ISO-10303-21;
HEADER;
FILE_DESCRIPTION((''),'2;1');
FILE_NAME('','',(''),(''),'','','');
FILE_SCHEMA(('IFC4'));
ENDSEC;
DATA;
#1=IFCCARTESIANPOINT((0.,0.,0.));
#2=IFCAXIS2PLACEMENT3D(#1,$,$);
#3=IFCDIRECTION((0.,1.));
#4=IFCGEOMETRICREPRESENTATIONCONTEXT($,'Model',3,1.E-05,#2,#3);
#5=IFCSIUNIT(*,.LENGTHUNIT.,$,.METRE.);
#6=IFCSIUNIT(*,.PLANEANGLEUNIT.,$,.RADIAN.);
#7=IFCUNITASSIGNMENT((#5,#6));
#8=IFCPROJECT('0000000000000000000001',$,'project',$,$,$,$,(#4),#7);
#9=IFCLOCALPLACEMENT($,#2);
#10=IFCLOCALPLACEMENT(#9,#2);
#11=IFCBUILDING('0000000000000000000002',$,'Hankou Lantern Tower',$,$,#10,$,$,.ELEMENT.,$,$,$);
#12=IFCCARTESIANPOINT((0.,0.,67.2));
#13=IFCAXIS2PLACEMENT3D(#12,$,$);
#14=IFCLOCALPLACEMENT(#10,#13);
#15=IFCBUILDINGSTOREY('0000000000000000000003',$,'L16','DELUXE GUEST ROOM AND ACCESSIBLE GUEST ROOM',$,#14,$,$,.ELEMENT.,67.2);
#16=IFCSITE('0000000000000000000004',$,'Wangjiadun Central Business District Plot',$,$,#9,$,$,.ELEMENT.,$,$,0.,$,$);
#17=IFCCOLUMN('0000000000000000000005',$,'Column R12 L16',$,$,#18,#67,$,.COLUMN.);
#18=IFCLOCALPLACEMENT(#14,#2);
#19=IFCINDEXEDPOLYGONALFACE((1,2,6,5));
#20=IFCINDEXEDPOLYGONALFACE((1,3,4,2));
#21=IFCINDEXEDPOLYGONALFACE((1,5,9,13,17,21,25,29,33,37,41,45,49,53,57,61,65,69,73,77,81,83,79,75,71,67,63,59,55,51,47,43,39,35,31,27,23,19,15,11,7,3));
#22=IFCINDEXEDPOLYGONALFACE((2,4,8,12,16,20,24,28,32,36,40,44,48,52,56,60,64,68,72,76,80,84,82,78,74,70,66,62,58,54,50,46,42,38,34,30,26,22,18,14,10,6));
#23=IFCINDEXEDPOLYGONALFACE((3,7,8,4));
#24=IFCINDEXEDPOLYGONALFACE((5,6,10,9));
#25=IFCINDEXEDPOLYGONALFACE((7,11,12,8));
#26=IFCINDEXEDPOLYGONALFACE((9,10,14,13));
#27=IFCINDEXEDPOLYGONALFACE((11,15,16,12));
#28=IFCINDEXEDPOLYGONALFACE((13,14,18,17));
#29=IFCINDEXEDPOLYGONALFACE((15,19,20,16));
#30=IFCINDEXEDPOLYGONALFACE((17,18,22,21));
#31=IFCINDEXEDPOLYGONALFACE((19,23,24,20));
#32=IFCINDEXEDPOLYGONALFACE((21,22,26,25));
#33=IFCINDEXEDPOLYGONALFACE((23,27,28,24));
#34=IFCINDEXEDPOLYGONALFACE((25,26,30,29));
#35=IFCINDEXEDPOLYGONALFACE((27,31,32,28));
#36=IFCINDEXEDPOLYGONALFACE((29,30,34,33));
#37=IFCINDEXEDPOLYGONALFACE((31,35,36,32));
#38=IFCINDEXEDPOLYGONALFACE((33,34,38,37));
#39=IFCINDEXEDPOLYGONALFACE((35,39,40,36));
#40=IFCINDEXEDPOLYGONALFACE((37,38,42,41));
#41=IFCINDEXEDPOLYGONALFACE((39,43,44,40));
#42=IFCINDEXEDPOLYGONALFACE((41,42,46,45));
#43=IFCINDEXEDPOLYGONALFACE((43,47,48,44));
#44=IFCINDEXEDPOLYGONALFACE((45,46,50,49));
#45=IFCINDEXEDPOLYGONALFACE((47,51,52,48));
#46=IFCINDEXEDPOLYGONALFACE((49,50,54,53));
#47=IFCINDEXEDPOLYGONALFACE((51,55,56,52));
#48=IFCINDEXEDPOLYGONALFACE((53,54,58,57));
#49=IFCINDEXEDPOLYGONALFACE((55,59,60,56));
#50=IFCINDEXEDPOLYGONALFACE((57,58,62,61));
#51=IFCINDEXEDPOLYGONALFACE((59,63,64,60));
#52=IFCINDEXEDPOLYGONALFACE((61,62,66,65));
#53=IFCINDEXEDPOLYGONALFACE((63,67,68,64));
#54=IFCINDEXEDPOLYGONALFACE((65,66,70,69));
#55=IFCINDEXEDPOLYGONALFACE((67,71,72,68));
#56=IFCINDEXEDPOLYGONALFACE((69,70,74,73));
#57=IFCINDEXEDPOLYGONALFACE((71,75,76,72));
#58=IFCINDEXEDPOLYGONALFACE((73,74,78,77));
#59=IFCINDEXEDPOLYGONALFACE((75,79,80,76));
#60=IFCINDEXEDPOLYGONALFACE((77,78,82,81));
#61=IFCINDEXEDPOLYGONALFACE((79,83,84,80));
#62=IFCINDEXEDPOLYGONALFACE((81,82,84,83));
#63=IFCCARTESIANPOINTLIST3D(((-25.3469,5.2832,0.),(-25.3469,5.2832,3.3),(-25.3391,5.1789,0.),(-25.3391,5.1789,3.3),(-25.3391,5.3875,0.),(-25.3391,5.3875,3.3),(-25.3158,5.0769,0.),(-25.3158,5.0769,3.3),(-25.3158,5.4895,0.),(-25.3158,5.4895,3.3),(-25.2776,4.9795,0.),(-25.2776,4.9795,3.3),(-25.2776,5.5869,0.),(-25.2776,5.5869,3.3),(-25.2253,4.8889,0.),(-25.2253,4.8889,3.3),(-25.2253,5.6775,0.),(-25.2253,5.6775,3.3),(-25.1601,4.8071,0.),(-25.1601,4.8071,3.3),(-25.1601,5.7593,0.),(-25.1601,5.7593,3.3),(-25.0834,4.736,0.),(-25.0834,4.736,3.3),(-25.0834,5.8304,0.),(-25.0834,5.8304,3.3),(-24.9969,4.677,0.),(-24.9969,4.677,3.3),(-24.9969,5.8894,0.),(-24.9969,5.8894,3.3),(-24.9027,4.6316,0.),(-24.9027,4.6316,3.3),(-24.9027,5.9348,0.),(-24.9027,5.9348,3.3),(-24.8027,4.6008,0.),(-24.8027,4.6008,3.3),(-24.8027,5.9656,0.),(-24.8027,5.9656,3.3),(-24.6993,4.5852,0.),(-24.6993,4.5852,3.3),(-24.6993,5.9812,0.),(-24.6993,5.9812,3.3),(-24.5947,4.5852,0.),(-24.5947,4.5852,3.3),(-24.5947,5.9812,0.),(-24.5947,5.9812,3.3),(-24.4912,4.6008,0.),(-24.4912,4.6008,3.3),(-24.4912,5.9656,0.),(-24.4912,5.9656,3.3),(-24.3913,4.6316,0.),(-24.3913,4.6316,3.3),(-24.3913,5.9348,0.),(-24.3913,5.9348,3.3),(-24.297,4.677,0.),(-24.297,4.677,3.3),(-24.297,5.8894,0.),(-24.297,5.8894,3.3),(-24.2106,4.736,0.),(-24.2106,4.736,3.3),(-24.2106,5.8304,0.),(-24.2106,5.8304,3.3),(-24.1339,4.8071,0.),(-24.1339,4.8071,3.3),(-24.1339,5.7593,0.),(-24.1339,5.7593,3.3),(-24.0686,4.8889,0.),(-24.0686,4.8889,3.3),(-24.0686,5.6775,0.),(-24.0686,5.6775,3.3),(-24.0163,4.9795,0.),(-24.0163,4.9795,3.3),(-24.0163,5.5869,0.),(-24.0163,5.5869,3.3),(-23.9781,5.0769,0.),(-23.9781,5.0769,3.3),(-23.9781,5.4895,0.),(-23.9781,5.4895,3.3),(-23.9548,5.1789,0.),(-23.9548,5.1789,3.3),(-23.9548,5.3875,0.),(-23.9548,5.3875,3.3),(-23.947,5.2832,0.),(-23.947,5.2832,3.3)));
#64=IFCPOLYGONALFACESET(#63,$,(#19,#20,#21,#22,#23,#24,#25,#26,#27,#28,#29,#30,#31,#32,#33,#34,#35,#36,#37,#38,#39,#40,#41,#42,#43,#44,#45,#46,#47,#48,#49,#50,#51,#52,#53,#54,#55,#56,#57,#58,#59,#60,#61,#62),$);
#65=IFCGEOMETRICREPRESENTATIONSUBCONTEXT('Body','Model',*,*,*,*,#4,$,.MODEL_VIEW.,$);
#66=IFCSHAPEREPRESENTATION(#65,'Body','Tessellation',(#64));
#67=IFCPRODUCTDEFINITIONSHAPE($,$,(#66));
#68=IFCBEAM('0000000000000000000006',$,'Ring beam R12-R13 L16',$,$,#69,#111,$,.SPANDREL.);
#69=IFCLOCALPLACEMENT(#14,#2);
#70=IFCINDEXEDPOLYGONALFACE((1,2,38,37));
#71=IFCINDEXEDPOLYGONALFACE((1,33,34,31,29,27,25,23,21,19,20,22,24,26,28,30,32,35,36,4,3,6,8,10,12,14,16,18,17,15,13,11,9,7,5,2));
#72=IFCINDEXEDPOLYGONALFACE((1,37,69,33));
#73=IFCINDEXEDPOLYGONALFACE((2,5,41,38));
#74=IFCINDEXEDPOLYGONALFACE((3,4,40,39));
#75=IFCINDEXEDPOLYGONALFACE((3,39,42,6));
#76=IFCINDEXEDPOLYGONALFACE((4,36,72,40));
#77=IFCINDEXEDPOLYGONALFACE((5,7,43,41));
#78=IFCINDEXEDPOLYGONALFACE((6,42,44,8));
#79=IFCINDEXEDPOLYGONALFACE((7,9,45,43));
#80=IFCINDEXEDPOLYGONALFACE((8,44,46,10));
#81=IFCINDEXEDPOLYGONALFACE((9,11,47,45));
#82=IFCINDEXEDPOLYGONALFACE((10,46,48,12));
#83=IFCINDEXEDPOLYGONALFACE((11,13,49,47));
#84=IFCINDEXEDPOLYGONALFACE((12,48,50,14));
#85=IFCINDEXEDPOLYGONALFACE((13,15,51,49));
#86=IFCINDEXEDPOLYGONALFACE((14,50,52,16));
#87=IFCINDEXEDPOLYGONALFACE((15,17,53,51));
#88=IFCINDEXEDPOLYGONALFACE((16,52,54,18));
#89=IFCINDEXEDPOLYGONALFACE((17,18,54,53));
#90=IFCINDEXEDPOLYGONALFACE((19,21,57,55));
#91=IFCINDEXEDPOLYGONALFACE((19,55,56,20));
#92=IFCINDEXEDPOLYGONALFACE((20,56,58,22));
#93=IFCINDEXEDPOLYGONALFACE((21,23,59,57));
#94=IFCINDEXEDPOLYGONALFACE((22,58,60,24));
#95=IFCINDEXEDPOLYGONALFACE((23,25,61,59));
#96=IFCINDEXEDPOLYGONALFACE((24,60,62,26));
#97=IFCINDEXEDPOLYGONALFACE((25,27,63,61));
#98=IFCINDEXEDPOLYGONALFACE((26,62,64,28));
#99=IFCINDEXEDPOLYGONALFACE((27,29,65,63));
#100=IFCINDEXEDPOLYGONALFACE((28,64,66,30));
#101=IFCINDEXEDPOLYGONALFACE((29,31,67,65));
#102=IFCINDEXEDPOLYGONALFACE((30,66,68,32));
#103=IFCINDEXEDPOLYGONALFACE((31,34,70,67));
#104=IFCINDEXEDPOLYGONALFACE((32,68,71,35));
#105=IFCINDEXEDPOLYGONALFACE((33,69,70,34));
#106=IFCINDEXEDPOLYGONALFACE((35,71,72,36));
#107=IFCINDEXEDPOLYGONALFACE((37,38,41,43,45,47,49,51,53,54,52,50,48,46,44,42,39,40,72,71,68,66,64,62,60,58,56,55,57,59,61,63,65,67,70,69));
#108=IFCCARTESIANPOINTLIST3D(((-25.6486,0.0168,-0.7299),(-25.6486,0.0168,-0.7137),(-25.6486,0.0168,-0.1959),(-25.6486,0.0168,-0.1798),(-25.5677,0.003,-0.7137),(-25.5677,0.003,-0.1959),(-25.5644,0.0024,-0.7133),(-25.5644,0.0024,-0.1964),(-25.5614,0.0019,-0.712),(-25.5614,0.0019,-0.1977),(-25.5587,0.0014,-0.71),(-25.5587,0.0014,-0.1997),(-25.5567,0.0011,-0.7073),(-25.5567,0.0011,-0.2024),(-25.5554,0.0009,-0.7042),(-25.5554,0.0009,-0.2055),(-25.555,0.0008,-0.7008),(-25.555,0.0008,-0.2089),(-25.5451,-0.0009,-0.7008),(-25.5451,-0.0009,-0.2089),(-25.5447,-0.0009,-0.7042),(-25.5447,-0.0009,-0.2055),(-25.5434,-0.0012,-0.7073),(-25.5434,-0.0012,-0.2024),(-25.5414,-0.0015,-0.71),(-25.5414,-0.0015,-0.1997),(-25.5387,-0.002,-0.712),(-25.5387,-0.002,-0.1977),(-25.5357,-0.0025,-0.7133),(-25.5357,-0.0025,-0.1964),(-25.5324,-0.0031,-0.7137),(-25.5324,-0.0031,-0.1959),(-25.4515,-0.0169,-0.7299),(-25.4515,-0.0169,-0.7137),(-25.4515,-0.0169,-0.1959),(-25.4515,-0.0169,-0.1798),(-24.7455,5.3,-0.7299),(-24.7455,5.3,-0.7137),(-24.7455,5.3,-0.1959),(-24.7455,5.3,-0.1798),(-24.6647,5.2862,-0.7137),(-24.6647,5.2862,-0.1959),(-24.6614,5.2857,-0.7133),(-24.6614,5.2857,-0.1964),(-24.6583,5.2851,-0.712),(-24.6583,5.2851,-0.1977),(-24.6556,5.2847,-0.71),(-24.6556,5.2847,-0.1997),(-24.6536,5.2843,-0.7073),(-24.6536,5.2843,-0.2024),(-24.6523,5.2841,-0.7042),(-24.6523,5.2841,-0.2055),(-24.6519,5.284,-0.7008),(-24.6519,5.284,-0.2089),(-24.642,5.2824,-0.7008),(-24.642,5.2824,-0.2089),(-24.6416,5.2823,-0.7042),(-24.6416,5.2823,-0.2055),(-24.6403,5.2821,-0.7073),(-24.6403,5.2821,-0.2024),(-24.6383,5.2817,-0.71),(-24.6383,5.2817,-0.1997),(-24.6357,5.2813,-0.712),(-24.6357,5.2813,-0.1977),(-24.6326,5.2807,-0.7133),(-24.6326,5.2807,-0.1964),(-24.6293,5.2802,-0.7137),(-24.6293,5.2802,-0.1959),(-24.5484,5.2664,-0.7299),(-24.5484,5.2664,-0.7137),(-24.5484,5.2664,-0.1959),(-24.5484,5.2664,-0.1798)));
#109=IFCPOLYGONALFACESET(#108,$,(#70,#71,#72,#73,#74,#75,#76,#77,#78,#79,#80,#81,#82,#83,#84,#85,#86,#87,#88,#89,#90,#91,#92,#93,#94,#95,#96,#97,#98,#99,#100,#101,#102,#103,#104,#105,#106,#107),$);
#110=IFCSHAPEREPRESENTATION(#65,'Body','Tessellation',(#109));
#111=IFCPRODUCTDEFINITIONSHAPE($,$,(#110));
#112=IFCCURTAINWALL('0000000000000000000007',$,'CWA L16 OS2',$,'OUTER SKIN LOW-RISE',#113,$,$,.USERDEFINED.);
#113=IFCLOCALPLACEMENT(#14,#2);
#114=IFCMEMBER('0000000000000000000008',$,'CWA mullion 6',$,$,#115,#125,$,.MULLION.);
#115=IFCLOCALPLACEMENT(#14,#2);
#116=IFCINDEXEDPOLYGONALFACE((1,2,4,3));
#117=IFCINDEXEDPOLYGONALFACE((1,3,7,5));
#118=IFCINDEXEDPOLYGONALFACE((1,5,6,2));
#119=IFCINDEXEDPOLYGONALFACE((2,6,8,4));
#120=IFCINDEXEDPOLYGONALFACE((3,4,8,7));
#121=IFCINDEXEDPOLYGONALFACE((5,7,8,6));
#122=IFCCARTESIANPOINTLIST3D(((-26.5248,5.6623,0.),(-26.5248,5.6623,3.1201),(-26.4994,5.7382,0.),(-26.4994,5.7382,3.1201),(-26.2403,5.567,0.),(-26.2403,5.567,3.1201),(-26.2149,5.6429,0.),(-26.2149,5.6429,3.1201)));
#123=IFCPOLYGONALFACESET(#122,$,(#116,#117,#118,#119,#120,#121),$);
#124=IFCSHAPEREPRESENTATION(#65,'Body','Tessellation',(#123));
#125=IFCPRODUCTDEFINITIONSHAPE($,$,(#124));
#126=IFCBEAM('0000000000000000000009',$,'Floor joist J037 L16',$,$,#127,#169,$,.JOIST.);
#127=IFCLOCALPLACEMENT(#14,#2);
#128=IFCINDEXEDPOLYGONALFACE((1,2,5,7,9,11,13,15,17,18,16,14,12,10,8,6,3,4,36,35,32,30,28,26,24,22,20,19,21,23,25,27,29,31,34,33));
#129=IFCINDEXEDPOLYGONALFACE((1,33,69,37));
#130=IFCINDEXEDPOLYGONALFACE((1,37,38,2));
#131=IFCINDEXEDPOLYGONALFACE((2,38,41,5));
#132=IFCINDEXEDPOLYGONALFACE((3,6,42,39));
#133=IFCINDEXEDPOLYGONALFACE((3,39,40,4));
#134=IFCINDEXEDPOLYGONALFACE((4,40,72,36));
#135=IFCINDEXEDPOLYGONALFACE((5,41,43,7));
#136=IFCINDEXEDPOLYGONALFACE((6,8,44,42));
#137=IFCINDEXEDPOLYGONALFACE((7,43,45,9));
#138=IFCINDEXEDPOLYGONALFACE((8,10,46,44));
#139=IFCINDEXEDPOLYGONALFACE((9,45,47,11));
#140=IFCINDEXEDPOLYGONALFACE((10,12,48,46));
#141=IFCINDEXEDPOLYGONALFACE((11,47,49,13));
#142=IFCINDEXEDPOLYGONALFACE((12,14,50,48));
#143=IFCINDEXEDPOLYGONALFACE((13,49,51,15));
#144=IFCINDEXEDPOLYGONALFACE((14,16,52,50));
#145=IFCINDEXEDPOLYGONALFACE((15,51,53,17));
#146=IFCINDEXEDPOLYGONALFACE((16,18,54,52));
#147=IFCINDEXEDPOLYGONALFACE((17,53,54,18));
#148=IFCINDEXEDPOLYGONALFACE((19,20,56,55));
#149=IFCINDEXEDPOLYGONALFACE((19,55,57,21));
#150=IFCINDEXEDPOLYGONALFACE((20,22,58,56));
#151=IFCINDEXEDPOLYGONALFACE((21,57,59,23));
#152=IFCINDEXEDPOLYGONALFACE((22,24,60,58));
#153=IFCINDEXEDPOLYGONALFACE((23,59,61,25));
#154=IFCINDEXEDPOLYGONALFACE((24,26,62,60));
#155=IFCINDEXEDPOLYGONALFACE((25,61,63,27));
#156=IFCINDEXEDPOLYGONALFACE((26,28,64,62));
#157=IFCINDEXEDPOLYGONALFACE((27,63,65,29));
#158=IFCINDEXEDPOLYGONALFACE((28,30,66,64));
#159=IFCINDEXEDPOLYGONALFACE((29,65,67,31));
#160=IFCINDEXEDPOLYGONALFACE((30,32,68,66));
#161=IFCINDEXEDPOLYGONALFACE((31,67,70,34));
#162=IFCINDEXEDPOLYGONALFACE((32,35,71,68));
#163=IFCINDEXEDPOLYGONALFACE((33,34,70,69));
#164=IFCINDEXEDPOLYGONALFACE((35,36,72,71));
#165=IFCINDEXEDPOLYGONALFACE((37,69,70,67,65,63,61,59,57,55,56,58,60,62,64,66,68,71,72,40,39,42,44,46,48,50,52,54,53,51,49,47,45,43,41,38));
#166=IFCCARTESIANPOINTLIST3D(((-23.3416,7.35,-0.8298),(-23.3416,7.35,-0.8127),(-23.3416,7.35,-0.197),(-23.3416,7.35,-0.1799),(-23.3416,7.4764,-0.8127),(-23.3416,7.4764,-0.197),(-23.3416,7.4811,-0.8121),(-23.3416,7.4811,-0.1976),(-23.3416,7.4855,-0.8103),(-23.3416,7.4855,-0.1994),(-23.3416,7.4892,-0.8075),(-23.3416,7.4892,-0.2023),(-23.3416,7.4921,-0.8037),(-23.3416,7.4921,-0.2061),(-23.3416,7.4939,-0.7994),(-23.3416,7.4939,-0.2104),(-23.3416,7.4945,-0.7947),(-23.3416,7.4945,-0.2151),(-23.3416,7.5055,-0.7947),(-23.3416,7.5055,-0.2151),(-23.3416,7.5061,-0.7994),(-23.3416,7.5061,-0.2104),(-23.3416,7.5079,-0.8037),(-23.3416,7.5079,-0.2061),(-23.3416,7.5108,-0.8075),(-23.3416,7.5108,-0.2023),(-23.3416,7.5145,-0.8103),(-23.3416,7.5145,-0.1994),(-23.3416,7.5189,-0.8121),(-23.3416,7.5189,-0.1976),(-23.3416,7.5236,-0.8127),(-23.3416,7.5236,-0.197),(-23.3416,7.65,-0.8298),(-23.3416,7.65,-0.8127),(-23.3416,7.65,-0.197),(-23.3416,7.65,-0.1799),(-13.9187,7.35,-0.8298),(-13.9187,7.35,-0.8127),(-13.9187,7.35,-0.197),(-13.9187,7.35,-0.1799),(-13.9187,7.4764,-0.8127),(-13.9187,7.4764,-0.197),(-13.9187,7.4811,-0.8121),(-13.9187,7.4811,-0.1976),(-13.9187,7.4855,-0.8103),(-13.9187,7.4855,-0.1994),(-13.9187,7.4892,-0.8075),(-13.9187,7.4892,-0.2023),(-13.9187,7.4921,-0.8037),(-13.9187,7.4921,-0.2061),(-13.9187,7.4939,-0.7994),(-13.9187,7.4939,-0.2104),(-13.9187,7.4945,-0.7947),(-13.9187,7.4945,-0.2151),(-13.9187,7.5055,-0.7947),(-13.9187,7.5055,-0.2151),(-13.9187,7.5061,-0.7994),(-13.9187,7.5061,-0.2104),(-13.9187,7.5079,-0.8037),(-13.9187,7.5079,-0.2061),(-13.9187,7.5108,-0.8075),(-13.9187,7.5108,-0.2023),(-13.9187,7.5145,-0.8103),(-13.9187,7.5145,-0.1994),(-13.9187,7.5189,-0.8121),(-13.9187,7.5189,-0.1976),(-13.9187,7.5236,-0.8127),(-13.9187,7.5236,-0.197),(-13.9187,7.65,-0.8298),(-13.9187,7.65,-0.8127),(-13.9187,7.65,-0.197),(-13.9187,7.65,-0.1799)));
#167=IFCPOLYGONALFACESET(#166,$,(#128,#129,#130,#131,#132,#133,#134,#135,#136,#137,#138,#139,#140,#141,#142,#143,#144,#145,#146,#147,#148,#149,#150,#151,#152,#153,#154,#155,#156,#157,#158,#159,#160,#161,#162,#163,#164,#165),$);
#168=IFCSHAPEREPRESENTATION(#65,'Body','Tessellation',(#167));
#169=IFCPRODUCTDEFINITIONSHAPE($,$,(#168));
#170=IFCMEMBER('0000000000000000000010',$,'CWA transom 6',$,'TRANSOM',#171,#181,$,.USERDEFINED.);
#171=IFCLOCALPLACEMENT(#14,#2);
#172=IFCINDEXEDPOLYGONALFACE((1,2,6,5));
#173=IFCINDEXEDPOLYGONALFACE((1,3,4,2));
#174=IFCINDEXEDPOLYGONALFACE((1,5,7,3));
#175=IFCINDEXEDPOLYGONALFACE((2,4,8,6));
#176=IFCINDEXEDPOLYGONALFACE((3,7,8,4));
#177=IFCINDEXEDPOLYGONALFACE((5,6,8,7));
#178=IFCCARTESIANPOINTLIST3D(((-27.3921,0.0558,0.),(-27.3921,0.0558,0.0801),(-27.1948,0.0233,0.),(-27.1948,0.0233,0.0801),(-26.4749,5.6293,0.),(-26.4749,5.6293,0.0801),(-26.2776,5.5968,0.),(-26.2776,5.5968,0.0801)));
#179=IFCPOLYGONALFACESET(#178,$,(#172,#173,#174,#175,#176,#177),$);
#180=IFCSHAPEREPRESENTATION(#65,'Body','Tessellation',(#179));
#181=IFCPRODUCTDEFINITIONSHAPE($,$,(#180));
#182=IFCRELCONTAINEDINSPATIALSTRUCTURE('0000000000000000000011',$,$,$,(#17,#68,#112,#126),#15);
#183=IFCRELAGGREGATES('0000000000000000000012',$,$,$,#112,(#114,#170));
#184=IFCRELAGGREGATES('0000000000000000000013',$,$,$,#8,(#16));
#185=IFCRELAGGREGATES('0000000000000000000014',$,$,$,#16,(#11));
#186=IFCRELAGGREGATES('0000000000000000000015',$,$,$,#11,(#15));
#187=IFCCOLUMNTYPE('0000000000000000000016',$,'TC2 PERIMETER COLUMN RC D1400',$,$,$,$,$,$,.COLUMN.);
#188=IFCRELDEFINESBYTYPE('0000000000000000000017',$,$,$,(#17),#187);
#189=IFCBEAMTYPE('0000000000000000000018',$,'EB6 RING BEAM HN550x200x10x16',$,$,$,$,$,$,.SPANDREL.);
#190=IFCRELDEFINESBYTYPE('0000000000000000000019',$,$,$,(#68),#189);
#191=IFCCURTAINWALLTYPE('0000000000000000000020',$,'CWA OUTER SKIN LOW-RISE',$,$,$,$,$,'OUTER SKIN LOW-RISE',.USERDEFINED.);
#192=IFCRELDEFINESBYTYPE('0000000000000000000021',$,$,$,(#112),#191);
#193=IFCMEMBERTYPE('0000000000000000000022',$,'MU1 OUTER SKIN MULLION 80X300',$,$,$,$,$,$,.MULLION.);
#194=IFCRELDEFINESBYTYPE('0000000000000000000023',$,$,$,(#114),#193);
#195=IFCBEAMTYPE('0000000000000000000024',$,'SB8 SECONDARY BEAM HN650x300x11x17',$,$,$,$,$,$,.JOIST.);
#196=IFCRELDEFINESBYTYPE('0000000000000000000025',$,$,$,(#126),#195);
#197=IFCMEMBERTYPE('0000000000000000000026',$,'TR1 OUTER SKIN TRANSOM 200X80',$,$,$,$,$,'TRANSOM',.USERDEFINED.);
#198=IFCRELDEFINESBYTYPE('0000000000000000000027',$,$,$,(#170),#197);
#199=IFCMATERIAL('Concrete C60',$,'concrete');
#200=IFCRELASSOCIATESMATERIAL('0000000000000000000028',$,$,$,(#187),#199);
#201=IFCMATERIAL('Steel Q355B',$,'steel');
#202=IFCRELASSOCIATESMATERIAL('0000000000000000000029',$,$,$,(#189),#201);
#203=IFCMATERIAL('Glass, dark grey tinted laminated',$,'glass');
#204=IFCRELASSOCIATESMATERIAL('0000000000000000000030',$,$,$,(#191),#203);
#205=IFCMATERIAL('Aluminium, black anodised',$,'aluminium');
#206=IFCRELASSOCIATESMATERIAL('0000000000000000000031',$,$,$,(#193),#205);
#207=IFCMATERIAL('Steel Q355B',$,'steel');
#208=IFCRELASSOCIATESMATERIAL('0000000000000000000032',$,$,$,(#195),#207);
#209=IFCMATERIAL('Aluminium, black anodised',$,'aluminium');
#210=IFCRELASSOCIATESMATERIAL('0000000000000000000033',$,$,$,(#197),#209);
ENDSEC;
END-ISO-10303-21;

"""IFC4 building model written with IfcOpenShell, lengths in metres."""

from ifc_helpers import new_model, si_unit, direction, frame, origin, origin_2d, place, context, subcontext, project, spatial, rectangle, circle, i_section, extrude, material, material_profile, profile_set, type_object, element, aggregate, save


model = new_model("IFC4")

# Units and contexts
model_context = context("Model", 3, precision=1e-05, world=origin(), true_north=direction((0.0, 1.0)))
body_context = subcontext(model_context, "Body", "Model", "MODEL_VIEW")
ifc_project = project(units=[si_unit("LENGTHUNIT", "METRE"), si_unit("PLANEANGLEUNIT", "RADIAN")], contexts=[model_context])

# Site, building, storey
site_placement = place(None, origin())
site = spatial("IfcSite", under=ifc_project, at=site_placement, Name="Wangjiadun Central Business District Plot", CompositionType="ELEMENT", RefElevation=0.0)
building_placement = place(site_placement, origin())
building = spatial("IfcBuilding", under=site, at=building_placement, Name="Hankou Lantern Tower", CompositionType="ELEMENT")
storey_placement = place(building_placement, frame((0.0, 0.0, 67.2)))
storey = spatial("IfcBuildingStorey", under=building, at=storey_placement, Name="L16", Description="DELUXE GUEST ROOM AND ACCESSIBLE GUEST ROOM", CompositionType="ELEMENT", Elevation=67.2)

# Column
ifc_material_1 = material(Name="Concrete C60", Category="concrete")
ifc_material_profile_1 = material_profile(ifc_material_1, circle(Radius=0.7, at=origin_2d()), Name="RC D1400")
ifc_profile_set_1 = profile_set([ifc_material_profile_1], Name="Concrete C60")
column_type = type_object("IfcColumnType", Name="TC2 PERIMETER COLUMN RC D1400", PredefinedType="COLUMN", material=ifc_profile_set_1)
column_placement = place(storey_placement, frame((-24.647, 5.2832, 0.0), z_axis=(0.0, 0.0, 1.0), x_axis=(1.0, 0.0, 0.0)))
element("IfcColumn", 1, at=column_placement, inside=storey, type_object=column_type, Name="Column R12 L16", PredefinedType="COLUMN", context=body_context, shape_type="SweptSolid", body=[
    extrude(circle(Radius=0.7, at=origin_2d()), origin(), (0.0, 0.0, 1.0), 3.3),
])

# Beam
ifc_material_2 = material(Name="Steel Q355B", Category="steel")
ifc_material_profile_2 = material_profile(ifc_material_2, i_section(OverallWidth=0.2, OverallDepth=0.55, WebThickness=0.01, FlangeThickness=0.0161, FilletRadius=0.0129, at=origin_2d()), Name="HN550x200x10x16")
ifc_profile_set_2 = profile_set([ifc_material_profile_2], Name="Steel Q355B")
beam_type_1 = type_object("IfcBeamType", Name="EB6 RING BEAM HN550x200x10x16", PredefinedType="SPANDREL", material=ifc_profile_set_2)
beam_1_placement = place(storey_placement, frame((-24.647, 5.2832, -0.4548), z_axis=(-0.16849, -0.985703, 0.0), x_axis=(0.985703, -0.16849, 0.0)))
element("IfcBeam", 2, at=beam_1_placement, inside=storey, type_object=beam_type_1, Name="Ring beam R12-R13 L16", PredefinedType="SPANDREL", context=body_context, shape_type="SweptSolid", body=[
    extrude(i_section(OverallWidth=0.2, OverallDepth=0.55, WebThickness=0.01, FlangeThickness=0.0161, FilletRadius=0.0129, at=origin_2d()), origin(), (0.0, 0.0, 1.0), 5.3599),
])

# Curtain wall, member
ifc_material_3 = material(Name="Glass, dark grey tinted laminated", Category="glass")
curtain_wall_type = type_object("IfcCurtainWallType", Name="CWA OUTER SKIN LOW-RISE", ElementType="OUTER SKIN LOW-RISE", PredefinedType="USERDEFINED", material=ifc_material_3)
curtain_wall_placement = place(storey_placement, origin())
curtain_wall = element("IfcCurtainWall", 3, at=curtain_wall_placement, inside=storey, type_object=curtain_wall_type, Name="CWA L16 OS2", ObjectType="OUTER SKIN LOW-RISE", PredefinedType="USERDEFINED")
ifc_material_4 = material(Name="Aluminium, black anodised", Category="aluminium")
ifc_material_profile_3 = material_profile(ifc_material_4, rectangle(XDim=0.0801, YDim=0.3, at=origin_2d()), Name="MU1 80X300")
ifc_profile_set_3 = profile_set([ifc_material_profile_3], Name="Aluminium, black anodised")
member_type_1 = type_object("IfcMemberType", Name="MU1 OUTER SKIN MULLION 80X300", PredefinedType="MULLION", material=ifc_profile_set_3)
member_1_placement = place(storey_placement, frame((-26.3699, 5.6526, 0.0), z_axis=(0.0, 0.0, 1.0), x_axis=(-0.317596, -0.948226, 0.0)))
member_1 = element("IfcMember", 4, at=member_1_placement, type_object=member_type_1, Name="CWA mullion 6", PredefinedType="MULLION", context=body_context, shape_type="SweptSolid", body=[
    extrude(rectangle(XDim=0.0801, YDim=0.3, at=origin_2d()), origin(), (0.0, 0.0, 1.0), 3.1201),
])

# Beam
ifc_material_5 = material(Name="Steel Q355B", Category="steel")
ifc_material_profile_4 = material_profile(ifc_material_5, i_section(OverallWidth=0.3, OverallDepth=0.6499, WebThickness=0.011, FlangeThickness=0.0171, FilletRadius=0.0181, at=origin_2d()), Name="HN650x300x11x17")
ifc_profile_set_4 = profile_set([ifc_material_profile_4], Name="Steel Q355B")
beam_type_2 = type_object("IfcBeamType", Name="SB8 SECONDARY BEAM HN650x300x11x17", PredefinedType="JOIST", material=ifc_profile_set_4)
beam_2_placement = place(storey_placement, frame((-23.3416, 7.5, -0.5049), z_axis=(1.0, 0.0, 0.0), x_axis=(0.0, 1.0, 0.0)))
element("IfcBeam", 5, at=beam_2_placement, inside=storey, type_object=beam_type_2, Name="Floor joist J037 L16", PredefinedType="JOIST", context=body_context, shape_type="SweptSolid", body=[
    extrude(i_section(OverallWidth=0.3, OverallDepth=0.6499, WebThickness=0.011, FlangeThickness=0.0171, FilletRadius=0.0181, at=origin_2d()), origin(), (0.0, 0.0, 1.0), 9.4229),
])

# Member
ifc_material_6 = material(Name="Aluminium, black anodised", Category="aluminium")
ifc_material_profile_5 = material_profile(ifc_material_6, rectangle(XDim=0.2, YDim=0.0801, at=origin_2d()), Name="TR1 200X80")
ifc_profile_set_5 = profile_set([ifc_material_profile_5], Name="Aluminium, black anodised")
member_type_2 = type_object("IfcMemberType", Name="TR1 OUTER SKIN TRANSOM 200X80", ElementType="TRANSOM", PredefinedType="USERDEFINED", material=ifc_profile_set_5)
member_2_placement = place(storey_placement, frame((-26.3762, 5.613, 0.04), z_axis=(-0.162387, -0.986727, 0.0), x_axis=(0.986727, -0.162387, 0.0)))
member_2 = element("IfcMember", 6, at=member_2_placement, type_object=member_type_2, Name="CWA transom 6", ObjectType="TRANSOM", PredefinedType="USERDEFINED", context=body_context, shape_type="SweptSolid", body=[
    extrude(rectangle(XDim=0.2, YDim=0.0801, at=origin_2d()), origin(), (0.0, 0.0, 1.0), 5.6484),
])

aggregate(curtain_wall, [member_1, member_2])

save(model, "model.ifc")
